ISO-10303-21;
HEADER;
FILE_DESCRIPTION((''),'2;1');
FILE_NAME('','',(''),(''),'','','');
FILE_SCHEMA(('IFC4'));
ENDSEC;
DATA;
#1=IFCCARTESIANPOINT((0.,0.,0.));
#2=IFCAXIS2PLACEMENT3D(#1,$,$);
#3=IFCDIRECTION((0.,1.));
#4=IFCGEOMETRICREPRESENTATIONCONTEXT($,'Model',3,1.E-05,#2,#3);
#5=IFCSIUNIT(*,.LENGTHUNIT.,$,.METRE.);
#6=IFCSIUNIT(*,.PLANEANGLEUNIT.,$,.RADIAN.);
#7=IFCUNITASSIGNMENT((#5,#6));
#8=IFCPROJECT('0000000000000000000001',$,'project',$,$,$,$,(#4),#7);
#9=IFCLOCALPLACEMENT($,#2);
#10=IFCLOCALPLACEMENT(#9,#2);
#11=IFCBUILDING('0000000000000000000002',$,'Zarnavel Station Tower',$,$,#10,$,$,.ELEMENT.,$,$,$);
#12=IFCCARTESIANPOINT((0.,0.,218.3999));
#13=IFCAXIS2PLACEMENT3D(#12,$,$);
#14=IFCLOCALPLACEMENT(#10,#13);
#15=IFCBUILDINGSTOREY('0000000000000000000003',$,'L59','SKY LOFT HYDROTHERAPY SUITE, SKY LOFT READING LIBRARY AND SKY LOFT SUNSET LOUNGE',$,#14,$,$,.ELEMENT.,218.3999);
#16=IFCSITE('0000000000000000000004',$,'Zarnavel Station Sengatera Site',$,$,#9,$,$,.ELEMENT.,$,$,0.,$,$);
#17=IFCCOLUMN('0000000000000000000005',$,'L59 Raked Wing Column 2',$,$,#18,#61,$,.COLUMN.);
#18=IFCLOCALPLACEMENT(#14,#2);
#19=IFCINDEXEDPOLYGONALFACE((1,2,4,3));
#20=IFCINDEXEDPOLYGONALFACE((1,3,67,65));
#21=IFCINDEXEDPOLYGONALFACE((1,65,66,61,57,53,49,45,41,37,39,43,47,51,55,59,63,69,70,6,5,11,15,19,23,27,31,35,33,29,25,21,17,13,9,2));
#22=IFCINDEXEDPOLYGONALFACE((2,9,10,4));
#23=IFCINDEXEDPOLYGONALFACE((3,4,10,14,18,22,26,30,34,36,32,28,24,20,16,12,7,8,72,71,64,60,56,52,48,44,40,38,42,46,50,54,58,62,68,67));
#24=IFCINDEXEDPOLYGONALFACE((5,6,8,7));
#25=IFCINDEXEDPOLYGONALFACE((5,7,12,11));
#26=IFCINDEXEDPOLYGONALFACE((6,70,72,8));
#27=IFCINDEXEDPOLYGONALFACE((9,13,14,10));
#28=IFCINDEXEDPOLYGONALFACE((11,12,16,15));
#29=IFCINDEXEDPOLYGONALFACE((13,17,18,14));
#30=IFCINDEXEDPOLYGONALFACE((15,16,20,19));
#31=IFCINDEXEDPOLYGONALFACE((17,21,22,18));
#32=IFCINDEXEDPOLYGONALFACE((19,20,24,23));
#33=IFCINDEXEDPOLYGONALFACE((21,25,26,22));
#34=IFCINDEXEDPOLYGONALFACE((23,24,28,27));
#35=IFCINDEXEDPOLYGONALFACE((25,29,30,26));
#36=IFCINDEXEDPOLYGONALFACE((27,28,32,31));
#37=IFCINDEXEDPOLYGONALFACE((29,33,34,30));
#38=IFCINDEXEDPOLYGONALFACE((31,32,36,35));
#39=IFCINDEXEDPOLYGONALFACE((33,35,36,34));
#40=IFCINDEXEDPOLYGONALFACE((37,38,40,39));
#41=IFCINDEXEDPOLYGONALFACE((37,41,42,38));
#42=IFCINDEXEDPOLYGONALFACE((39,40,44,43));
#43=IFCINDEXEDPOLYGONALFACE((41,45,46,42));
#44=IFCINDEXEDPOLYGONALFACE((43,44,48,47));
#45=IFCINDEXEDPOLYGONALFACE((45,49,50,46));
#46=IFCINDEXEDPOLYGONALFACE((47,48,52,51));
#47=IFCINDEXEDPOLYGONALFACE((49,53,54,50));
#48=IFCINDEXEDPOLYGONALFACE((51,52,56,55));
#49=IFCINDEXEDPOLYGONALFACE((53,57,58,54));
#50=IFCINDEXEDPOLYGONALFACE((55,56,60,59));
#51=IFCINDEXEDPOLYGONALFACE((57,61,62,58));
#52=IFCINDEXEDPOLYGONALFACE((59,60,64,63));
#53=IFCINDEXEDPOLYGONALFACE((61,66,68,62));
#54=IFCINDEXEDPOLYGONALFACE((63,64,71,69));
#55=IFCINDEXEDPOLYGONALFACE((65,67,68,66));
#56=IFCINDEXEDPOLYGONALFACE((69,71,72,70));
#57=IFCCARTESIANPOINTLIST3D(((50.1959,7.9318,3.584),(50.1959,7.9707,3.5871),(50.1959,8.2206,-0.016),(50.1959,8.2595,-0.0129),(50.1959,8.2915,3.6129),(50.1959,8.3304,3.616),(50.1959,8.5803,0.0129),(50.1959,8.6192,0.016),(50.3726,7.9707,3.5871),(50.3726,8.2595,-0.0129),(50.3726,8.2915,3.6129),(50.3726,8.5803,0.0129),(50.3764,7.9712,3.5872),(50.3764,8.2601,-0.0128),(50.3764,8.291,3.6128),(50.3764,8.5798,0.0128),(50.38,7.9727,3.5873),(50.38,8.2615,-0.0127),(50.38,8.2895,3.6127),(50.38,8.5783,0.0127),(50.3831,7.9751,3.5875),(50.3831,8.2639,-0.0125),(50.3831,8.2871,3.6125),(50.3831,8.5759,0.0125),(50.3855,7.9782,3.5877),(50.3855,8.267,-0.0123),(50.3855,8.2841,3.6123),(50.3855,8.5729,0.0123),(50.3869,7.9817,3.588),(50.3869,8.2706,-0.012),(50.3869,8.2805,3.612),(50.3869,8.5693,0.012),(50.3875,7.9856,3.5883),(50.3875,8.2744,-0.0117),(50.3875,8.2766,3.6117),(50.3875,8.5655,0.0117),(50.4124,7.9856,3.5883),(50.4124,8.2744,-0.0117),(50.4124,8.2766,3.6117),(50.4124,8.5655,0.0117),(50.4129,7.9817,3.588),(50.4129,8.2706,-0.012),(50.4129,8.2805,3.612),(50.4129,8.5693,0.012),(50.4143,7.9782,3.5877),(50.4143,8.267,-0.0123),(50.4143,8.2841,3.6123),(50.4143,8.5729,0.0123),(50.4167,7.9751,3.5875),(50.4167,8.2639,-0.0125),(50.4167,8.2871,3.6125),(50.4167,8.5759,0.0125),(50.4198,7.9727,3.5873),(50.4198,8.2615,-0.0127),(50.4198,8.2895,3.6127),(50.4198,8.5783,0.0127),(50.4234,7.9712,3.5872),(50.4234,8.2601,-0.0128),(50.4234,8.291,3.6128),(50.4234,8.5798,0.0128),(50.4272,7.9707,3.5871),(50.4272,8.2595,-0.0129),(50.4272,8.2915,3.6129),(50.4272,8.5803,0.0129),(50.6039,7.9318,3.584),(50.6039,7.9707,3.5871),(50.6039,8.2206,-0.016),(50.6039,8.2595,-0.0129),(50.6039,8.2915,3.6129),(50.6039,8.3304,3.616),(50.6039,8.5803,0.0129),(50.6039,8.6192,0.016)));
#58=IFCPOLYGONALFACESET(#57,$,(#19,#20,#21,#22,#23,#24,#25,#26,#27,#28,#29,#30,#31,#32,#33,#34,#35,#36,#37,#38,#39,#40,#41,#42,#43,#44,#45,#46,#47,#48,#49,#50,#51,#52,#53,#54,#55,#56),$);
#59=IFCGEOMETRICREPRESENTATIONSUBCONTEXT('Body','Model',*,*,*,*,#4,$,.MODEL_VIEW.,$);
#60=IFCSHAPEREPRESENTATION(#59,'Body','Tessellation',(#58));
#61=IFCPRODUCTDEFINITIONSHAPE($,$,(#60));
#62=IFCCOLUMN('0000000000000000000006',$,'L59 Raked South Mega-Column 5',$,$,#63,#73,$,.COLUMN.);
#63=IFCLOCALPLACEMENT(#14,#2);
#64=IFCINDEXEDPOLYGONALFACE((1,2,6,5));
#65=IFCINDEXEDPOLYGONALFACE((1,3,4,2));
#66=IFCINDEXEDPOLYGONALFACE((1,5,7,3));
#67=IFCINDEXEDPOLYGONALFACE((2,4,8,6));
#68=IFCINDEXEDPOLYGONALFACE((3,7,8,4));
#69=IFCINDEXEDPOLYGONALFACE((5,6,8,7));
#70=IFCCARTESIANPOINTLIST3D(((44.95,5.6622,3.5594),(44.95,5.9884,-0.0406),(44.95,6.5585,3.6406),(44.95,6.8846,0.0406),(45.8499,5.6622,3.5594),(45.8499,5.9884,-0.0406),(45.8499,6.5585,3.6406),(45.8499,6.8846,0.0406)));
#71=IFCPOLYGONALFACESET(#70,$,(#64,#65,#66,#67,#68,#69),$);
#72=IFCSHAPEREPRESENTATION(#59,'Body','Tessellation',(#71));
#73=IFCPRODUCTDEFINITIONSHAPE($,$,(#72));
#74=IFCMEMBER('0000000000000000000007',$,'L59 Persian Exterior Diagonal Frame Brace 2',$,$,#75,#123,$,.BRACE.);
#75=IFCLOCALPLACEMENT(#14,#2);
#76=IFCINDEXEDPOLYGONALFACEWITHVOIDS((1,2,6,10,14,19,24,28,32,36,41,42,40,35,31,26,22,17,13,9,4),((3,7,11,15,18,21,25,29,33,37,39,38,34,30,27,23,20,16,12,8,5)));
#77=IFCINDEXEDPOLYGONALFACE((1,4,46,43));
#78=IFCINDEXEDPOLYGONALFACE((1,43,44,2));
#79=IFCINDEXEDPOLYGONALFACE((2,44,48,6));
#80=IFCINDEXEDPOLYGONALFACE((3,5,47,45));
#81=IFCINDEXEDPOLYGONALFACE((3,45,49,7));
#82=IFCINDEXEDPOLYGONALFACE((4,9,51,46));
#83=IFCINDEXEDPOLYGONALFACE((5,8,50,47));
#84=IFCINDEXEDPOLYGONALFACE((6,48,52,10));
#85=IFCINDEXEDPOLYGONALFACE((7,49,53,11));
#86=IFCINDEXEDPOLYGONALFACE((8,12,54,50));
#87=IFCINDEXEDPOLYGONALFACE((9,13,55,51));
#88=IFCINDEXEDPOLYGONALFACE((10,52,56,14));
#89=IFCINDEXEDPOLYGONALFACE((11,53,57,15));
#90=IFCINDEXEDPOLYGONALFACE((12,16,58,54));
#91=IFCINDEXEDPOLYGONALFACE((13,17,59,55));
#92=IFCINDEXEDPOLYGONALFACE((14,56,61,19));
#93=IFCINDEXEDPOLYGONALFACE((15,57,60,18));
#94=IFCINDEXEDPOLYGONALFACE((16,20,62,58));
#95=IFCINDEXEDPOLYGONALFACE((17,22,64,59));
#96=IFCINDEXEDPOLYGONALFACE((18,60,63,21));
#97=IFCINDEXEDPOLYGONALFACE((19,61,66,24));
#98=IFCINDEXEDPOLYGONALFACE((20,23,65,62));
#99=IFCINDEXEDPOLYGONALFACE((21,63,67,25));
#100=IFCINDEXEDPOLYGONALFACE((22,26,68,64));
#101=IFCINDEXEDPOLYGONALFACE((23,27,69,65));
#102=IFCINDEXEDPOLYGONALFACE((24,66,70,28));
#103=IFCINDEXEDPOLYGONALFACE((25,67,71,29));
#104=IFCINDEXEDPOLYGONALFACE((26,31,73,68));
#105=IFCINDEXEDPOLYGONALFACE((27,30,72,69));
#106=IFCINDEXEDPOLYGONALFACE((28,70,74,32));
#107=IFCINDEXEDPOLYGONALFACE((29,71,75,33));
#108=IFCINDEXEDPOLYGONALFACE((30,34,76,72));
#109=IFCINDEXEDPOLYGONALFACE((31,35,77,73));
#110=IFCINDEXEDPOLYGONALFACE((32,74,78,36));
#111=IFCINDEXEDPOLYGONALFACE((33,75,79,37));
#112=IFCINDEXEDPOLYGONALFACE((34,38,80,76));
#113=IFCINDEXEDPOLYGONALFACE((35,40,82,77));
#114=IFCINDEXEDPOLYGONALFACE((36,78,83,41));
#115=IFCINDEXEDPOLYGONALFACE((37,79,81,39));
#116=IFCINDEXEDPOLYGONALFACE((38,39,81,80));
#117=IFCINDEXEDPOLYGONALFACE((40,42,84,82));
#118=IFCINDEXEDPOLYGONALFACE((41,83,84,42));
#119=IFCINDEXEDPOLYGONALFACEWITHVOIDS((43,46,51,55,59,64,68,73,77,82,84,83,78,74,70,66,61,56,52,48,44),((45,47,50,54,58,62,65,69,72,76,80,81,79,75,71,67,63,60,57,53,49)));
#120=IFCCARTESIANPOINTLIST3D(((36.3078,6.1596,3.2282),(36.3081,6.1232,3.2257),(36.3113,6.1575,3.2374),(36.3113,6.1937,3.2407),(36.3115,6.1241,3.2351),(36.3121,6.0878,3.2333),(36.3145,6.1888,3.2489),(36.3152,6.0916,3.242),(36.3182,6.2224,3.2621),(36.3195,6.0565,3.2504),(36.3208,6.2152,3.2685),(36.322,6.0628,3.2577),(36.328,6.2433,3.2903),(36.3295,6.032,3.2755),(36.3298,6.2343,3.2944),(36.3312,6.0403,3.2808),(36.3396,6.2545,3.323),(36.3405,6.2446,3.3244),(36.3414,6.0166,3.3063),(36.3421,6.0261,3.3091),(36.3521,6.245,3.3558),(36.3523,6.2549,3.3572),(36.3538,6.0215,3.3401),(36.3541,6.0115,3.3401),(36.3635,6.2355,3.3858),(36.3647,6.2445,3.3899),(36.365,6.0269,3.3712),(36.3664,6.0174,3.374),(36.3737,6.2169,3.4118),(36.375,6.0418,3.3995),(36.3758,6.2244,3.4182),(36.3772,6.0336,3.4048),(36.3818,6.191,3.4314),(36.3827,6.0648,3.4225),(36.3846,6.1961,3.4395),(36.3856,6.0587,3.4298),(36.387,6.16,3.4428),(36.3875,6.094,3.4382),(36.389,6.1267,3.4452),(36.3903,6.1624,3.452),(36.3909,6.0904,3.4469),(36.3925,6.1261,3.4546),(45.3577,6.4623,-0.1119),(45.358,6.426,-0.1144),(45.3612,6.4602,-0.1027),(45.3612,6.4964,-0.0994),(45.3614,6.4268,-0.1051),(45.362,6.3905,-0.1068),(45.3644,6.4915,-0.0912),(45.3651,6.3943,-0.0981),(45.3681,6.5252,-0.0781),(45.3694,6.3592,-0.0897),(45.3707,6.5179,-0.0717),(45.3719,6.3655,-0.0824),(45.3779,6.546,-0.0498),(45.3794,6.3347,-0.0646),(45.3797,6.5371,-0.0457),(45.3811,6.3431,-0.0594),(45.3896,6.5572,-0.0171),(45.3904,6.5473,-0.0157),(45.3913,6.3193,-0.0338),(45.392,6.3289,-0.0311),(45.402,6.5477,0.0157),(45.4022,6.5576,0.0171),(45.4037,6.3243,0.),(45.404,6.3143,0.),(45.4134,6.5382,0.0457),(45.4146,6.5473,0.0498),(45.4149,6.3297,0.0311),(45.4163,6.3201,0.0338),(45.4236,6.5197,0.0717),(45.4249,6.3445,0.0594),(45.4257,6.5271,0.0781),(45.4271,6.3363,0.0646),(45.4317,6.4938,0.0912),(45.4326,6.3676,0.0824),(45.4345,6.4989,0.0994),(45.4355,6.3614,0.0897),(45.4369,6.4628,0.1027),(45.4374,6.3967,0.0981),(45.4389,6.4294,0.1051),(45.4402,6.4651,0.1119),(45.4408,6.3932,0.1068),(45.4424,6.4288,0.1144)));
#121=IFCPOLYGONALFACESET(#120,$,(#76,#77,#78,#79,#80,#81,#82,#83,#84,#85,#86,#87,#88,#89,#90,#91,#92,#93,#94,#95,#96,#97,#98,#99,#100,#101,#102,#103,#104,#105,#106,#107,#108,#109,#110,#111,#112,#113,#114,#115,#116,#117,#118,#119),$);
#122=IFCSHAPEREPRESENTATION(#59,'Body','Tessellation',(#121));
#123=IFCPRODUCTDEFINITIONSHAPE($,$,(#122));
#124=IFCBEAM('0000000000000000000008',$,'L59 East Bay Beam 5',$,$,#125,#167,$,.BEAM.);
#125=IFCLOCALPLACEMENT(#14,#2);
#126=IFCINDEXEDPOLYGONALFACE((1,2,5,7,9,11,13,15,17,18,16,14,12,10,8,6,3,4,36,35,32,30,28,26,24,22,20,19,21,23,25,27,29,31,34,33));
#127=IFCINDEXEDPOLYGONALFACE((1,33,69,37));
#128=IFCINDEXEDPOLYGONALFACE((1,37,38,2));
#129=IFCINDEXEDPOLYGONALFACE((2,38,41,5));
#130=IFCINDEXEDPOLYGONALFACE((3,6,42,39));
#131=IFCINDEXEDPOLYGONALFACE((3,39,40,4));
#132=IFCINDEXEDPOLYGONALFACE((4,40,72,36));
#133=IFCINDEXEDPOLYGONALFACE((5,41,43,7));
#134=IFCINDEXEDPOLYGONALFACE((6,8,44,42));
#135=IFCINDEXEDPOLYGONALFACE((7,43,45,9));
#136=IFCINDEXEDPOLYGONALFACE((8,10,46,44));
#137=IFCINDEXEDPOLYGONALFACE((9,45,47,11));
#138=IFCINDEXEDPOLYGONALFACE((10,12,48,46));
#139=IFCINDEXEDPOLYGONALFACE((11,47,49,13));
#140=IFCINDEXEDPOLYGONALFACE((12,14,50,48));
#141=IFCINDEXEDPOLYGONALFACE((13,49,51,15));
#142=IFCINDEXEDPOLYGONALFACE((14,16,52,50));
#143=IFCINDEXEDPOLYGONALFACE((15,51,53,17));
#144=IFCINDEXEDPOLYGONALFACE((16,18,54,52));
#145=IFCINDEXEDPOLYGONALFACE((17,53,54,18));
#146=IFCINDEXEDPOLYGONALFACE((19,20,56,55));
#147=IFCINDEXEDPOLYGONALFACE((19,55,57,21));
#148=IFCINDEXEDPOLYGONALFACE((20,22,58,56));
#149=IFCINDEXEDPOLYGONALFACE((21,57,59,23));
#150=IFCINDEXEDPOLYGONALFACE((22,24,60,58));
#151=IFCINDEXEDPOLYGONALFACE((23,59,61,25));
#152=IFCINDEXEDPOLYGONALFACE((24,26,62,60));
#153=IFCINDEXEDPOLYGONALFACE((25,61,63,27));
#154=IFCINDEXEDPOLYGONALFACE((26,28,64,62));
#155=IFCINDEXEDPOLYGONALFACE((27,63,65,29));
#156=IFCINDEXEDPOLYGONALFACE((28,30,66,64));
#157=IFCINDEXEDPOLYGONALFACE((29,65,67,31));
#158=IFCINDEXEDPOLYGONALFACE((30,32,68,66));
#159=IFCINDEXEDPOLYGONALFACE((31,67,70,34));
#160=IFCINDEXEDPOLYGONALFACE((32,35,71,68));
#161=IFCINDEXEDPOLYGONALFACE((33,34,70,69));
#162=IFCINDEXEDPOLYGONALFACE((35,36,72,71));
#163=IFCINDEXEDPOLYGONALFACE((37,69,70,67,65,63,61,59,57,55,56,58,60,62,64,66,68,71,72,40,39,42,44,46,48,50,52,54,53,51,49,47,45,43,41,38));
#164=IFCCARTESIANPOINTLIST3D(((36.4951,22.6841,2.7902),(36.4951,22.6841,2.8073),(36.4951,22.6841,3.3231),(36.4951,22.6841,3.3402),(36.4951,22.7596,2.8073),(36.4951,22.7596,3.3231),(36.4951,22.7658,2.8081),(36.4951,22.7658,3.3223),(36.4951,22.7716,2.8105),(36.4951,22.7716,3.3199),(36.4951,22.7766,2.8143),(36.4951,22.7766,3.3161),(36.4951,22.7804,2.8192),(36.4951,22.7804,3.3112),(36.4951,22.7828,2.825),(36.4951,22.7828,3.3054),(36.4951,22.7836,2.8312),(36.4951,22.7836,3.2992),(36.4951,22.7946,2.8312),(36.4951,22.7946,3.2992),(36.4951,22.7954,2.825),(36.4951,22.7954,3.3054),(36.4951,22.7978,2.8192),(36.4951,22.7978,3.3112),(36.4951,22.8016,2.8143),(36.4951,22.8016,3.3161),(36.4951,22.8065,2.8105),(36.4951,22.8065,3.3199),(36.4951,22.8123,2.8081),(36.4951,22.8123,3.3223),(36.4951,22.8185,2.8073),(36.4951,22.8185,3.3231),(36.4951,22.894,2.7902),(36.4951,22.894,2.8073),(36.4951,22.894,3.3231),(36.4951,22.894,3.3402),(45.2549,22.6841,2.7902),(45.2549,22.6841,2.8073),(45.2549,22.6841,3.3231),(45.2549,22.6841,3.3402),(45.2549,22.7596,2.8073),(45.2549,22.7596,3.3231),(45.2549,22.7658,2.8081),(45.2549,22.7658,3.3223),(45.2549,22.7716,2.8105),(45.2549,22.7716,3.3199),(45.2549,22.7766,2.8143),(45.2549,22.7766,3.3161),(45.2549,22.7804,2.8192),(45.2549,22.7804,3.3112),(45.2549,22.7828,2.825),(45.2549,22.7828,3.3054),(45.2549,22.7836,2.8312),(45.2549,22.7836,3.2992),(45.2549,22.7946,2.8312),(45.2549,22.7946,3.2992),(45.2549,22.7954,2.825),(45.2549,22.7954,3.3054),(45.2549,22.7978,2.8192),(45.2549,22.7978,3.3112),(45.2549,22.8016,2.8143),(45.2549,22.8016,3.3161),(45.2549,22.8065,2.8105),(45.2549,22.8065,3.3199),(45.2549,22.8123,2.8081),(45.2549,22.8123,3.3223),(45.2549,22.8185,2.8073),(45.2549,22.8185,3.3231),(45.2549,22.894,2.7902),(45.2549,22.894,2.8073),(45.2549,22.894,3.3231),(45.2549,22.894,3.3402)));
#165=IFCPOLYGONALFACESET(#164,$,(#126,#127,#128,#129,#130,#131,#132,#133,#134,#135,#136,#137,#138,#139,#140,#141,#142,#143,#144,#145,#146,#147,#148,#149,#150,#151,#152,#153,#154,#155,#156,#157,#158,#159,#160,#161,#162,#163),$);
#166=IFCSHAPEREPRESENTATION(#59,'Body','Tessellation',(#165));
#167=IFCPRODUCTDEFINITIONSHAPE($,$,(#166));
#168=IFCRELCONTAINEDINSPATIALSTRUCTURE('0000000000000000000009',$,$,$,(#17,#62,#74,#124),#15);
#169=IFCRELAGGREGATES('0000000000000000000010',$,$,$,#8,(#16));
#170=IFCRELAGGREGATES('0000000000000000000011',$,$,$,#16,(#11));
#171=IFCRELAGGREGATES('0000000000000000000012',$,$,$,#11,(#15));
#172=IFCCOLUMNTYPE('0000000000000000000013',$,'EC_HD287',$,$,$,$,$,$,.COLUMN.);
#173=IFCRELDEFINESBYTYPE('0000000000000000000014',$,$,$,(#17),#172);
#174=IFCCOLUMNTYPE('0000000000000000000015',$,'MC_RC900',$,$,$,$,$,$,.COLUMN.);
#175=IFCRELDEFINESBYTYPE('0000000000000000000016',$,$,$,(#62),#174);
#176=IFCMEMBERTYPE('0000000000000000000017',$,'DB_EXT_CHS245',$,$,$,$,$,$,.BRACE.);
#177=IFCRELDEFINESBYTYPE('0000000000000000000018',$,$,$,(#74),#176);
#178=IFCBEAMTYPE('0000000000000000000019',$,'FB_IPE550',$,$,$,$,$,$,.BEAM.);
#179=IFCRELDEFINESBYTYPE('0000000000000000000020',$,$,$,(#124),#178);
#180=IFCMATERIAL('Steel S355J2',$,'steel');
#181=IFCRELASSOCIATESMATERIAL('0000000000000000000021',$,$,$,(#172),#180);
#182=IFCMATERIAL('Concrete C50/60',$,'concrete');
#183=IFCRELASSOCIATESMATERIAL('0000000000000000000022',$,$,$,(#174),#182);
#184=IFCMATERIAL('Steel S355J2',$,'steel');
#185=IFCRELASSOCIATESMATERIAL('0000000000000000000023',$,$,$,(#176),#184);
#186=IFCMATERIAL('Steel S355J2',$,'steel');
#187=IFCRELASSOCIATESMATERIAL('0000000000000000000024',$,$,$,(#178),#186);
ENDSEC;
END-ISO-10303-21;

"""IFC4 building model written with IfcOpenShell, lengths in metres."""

from ifc_helpers import new_model, si_unit, direction, frame, origin, origin_2d, place, context, subcontext, project, spatial, rectangle, hollow_circle, i_section, extrude, material, material_profile, profile_set, type_object, element, save


model = new_model("IFC4")

# Units and contexts
model_context = context("Model", 3, precision=1e-05, world=origin(), true_north=direction((0.0, 1.0)))
body_context = subcontext(model_context, "Body", "Model", "MODEL_VIEW")
ifc_project = project(units=[si_unit("LENGTHUNIT", "METRE"), si_unit("PLANEANGLEUNIT", "RADIAN")], contexts=[model_context])

# Site, building, storey
site_placement = place(None, origin())
site = spatial("IfcSite", under=ifc_project, at=site_placement, Name="Zarnavel Station Sengatera Site", CompositionType="ELEMENT", RefElevation=0.0)
building_placement = place(site_placement, origin())
building = spatial("IfcBuilding", under=site, at=building_placement, Name="Zarnavel Station Tower", CompositionType="ELEMENT")
storey_placement = place(building_placement, frame((0.0, 0.0, 218.3999)))
storey = spatial("IfcBuildingStorey", under=building, at=storey_placement, Name="L59", Description="SKY LOFT HYDROTHERAPY SUITE, SKY LOFT READING LIBRARY AND SKY LOFT SUNSET LOUNGE", CompositionType="ELEMENT", Elevation=218.3999)

# Columns
ifc_material_1 = material(Name="Steel S355J2", Category="steel")
ifc_material_profile_1 = material_profile(ifc_material_1, i_section(OverallWidth=0.408, OverallDepth=0.3999, WebThickness=0.0249, FlangeThickness=0.0391, FilletRadius=0.0149, at=origin_2d()), Name="HD400x287")
ifc_profile_set_1 = profile_set([ifc_material_profile_1], Name="Steel S355J2")
column_type_1 = type_object("IfcColumnType", Name="EC_HD287", PredefinedType="COLUMN", material=ifc_profile_set_1)
column_1_placement = place(storey_placement, frame((50.3999, 8.4199, 0.0), z_axis=(0.0, -0.079968, 0.996797), x_axis=(1.0, 0.0, 0.0)))
element("IfcColumn", 1, at=column_1_placement, inside=storey, type_object=column_type_1, Name="L59 Raked Wing Column 2", PredefinedType="COLUMN", context=body_context, shape_type="SweptSolid", body=[
    extrude(i_section(OverallWidth=0.408, OverallDepth=0.3999, WebThickness=0.0249, FlangeThickness=0.0391, FilletRadius=0.0149, at=origin_2d()), origin(), (0.0, 0.0, 1.0), 3.6116),
])
ifc_material_2 = material(Name="Concrete C50/60", Category="concrete")
ifc_material_profile_2 = material_profile(ifc_material_2, rectangle(XDim=0.8999, YDim=0.8999, at=origin_2d()), Name="RC900x900")
ifc_profile_set_2 = profile_set([ifc_material_profile_2], Name="Concrete C50/60")
column_type_2 = type_object("IfcColumnType", Name="MC_RC900", PredefinedType="COLUMN", material=ifc_profile_set_2)
column_2_placement = place(storey_placement, frame((45.3999, 6.4365, 0.0), z_axis=(0.0, -0.090231, 0.995921), x_axis=(1.0, 0.0, 0.0)))
element("IfcColumn", 2, at=column_2_placement, inside=storey, type_object=column_type_2, Name="L59 Raked South Mega-Column 5", PredefinedType="COLUMN", context=body_context, shape_type="SweptSolid", body=[
    extrude(rectangle(XDim=0.8999, YDim=0.8999, at=origin_2d()), origin(), (0.0, 0.0, 1.0), 3.6147),
])

# Member
ifc_material_3 = material(Name="Steel S355J2", Category="steel")
ifc_material_profile_3 = material_profile(ifc_material_3, hollow_circle(Radius=0.1223, WallThickness=0.01, at=origin_2d()), Name="CHS244.5x10")
ifc_profile_set_3 = profile_set([ifc_material_profile_3], Name="Steel S355J2")
member_type = type_object("IfcMemberType", Name="DB_EXT_CHS245", PredefinedType="BRACE", material=ifc_profile_set_3)
member_placement = place(storey_placement, frame((45.3999, 6.4365, 0.0), z_axis=(-0.937681, -0.031367, 0.346078), x_axis=(0.033433, -0.999441, 0.0)))
element("IfcMember", 3, at=member_placement, inside=storey, type_object=member_type, Name="L59 Persian Exterior Diagonal Frame Brace 2", PredefinedType="BRACE", context=body_context, shape_type="SweptSolid", body=[
    extrude(hollow_circle(Radius=0.1223, WallThickness=0.01, at=origin_2d()), origin(), (0.0, 0.0, 1.0), 9.6514),
])

# Beam
ifc_material_4 = material(Name="Steel S355J2", Category="steel")
ifc_material_profile_4 = material_profile(ifc_material_4, i_section(OverallWidth=0.21, OverallDepth=0.55, WebThickness=0.011, FlangeThickness=0.0171, FilletRadius=0.0239, at=origin_2d()), Name="IPE550")
ifc_profile_set_4 = profile_set([ifc_material_profile_4], Name="Steel S355J2")
beam_type_1 = type_object("IfcBeamType", Name="FB_IPE550", PredefinedType="BEAM", material=ifc_profile_set_4)
beam_1_placement = place(storey_placement, frame((36.4951, 22.7891, 3.0652), z_axis=(1.0, 0.0, 0.0), x_axis=(0.0, 1.0, 0.0)))
element("IfcBeam", 4, at=beam_1_placement, inside=storey, type_object=beam_type_1, Name="L59 East Bay Beam 5", PredefinedType="BEAM", context=body_context, shape_type="SweptSolid", body=[
    extrude(i_section(OverallWidth=0.21, OverallDepth=0.55, WebThickness=0.011, FlangeThickness=0.0171, FilletRadius=0.0239, at=origin_2d()), origin(), (0.0, 0.0, 1.0), 8.7598),
])

save(model, "model.ifc")
